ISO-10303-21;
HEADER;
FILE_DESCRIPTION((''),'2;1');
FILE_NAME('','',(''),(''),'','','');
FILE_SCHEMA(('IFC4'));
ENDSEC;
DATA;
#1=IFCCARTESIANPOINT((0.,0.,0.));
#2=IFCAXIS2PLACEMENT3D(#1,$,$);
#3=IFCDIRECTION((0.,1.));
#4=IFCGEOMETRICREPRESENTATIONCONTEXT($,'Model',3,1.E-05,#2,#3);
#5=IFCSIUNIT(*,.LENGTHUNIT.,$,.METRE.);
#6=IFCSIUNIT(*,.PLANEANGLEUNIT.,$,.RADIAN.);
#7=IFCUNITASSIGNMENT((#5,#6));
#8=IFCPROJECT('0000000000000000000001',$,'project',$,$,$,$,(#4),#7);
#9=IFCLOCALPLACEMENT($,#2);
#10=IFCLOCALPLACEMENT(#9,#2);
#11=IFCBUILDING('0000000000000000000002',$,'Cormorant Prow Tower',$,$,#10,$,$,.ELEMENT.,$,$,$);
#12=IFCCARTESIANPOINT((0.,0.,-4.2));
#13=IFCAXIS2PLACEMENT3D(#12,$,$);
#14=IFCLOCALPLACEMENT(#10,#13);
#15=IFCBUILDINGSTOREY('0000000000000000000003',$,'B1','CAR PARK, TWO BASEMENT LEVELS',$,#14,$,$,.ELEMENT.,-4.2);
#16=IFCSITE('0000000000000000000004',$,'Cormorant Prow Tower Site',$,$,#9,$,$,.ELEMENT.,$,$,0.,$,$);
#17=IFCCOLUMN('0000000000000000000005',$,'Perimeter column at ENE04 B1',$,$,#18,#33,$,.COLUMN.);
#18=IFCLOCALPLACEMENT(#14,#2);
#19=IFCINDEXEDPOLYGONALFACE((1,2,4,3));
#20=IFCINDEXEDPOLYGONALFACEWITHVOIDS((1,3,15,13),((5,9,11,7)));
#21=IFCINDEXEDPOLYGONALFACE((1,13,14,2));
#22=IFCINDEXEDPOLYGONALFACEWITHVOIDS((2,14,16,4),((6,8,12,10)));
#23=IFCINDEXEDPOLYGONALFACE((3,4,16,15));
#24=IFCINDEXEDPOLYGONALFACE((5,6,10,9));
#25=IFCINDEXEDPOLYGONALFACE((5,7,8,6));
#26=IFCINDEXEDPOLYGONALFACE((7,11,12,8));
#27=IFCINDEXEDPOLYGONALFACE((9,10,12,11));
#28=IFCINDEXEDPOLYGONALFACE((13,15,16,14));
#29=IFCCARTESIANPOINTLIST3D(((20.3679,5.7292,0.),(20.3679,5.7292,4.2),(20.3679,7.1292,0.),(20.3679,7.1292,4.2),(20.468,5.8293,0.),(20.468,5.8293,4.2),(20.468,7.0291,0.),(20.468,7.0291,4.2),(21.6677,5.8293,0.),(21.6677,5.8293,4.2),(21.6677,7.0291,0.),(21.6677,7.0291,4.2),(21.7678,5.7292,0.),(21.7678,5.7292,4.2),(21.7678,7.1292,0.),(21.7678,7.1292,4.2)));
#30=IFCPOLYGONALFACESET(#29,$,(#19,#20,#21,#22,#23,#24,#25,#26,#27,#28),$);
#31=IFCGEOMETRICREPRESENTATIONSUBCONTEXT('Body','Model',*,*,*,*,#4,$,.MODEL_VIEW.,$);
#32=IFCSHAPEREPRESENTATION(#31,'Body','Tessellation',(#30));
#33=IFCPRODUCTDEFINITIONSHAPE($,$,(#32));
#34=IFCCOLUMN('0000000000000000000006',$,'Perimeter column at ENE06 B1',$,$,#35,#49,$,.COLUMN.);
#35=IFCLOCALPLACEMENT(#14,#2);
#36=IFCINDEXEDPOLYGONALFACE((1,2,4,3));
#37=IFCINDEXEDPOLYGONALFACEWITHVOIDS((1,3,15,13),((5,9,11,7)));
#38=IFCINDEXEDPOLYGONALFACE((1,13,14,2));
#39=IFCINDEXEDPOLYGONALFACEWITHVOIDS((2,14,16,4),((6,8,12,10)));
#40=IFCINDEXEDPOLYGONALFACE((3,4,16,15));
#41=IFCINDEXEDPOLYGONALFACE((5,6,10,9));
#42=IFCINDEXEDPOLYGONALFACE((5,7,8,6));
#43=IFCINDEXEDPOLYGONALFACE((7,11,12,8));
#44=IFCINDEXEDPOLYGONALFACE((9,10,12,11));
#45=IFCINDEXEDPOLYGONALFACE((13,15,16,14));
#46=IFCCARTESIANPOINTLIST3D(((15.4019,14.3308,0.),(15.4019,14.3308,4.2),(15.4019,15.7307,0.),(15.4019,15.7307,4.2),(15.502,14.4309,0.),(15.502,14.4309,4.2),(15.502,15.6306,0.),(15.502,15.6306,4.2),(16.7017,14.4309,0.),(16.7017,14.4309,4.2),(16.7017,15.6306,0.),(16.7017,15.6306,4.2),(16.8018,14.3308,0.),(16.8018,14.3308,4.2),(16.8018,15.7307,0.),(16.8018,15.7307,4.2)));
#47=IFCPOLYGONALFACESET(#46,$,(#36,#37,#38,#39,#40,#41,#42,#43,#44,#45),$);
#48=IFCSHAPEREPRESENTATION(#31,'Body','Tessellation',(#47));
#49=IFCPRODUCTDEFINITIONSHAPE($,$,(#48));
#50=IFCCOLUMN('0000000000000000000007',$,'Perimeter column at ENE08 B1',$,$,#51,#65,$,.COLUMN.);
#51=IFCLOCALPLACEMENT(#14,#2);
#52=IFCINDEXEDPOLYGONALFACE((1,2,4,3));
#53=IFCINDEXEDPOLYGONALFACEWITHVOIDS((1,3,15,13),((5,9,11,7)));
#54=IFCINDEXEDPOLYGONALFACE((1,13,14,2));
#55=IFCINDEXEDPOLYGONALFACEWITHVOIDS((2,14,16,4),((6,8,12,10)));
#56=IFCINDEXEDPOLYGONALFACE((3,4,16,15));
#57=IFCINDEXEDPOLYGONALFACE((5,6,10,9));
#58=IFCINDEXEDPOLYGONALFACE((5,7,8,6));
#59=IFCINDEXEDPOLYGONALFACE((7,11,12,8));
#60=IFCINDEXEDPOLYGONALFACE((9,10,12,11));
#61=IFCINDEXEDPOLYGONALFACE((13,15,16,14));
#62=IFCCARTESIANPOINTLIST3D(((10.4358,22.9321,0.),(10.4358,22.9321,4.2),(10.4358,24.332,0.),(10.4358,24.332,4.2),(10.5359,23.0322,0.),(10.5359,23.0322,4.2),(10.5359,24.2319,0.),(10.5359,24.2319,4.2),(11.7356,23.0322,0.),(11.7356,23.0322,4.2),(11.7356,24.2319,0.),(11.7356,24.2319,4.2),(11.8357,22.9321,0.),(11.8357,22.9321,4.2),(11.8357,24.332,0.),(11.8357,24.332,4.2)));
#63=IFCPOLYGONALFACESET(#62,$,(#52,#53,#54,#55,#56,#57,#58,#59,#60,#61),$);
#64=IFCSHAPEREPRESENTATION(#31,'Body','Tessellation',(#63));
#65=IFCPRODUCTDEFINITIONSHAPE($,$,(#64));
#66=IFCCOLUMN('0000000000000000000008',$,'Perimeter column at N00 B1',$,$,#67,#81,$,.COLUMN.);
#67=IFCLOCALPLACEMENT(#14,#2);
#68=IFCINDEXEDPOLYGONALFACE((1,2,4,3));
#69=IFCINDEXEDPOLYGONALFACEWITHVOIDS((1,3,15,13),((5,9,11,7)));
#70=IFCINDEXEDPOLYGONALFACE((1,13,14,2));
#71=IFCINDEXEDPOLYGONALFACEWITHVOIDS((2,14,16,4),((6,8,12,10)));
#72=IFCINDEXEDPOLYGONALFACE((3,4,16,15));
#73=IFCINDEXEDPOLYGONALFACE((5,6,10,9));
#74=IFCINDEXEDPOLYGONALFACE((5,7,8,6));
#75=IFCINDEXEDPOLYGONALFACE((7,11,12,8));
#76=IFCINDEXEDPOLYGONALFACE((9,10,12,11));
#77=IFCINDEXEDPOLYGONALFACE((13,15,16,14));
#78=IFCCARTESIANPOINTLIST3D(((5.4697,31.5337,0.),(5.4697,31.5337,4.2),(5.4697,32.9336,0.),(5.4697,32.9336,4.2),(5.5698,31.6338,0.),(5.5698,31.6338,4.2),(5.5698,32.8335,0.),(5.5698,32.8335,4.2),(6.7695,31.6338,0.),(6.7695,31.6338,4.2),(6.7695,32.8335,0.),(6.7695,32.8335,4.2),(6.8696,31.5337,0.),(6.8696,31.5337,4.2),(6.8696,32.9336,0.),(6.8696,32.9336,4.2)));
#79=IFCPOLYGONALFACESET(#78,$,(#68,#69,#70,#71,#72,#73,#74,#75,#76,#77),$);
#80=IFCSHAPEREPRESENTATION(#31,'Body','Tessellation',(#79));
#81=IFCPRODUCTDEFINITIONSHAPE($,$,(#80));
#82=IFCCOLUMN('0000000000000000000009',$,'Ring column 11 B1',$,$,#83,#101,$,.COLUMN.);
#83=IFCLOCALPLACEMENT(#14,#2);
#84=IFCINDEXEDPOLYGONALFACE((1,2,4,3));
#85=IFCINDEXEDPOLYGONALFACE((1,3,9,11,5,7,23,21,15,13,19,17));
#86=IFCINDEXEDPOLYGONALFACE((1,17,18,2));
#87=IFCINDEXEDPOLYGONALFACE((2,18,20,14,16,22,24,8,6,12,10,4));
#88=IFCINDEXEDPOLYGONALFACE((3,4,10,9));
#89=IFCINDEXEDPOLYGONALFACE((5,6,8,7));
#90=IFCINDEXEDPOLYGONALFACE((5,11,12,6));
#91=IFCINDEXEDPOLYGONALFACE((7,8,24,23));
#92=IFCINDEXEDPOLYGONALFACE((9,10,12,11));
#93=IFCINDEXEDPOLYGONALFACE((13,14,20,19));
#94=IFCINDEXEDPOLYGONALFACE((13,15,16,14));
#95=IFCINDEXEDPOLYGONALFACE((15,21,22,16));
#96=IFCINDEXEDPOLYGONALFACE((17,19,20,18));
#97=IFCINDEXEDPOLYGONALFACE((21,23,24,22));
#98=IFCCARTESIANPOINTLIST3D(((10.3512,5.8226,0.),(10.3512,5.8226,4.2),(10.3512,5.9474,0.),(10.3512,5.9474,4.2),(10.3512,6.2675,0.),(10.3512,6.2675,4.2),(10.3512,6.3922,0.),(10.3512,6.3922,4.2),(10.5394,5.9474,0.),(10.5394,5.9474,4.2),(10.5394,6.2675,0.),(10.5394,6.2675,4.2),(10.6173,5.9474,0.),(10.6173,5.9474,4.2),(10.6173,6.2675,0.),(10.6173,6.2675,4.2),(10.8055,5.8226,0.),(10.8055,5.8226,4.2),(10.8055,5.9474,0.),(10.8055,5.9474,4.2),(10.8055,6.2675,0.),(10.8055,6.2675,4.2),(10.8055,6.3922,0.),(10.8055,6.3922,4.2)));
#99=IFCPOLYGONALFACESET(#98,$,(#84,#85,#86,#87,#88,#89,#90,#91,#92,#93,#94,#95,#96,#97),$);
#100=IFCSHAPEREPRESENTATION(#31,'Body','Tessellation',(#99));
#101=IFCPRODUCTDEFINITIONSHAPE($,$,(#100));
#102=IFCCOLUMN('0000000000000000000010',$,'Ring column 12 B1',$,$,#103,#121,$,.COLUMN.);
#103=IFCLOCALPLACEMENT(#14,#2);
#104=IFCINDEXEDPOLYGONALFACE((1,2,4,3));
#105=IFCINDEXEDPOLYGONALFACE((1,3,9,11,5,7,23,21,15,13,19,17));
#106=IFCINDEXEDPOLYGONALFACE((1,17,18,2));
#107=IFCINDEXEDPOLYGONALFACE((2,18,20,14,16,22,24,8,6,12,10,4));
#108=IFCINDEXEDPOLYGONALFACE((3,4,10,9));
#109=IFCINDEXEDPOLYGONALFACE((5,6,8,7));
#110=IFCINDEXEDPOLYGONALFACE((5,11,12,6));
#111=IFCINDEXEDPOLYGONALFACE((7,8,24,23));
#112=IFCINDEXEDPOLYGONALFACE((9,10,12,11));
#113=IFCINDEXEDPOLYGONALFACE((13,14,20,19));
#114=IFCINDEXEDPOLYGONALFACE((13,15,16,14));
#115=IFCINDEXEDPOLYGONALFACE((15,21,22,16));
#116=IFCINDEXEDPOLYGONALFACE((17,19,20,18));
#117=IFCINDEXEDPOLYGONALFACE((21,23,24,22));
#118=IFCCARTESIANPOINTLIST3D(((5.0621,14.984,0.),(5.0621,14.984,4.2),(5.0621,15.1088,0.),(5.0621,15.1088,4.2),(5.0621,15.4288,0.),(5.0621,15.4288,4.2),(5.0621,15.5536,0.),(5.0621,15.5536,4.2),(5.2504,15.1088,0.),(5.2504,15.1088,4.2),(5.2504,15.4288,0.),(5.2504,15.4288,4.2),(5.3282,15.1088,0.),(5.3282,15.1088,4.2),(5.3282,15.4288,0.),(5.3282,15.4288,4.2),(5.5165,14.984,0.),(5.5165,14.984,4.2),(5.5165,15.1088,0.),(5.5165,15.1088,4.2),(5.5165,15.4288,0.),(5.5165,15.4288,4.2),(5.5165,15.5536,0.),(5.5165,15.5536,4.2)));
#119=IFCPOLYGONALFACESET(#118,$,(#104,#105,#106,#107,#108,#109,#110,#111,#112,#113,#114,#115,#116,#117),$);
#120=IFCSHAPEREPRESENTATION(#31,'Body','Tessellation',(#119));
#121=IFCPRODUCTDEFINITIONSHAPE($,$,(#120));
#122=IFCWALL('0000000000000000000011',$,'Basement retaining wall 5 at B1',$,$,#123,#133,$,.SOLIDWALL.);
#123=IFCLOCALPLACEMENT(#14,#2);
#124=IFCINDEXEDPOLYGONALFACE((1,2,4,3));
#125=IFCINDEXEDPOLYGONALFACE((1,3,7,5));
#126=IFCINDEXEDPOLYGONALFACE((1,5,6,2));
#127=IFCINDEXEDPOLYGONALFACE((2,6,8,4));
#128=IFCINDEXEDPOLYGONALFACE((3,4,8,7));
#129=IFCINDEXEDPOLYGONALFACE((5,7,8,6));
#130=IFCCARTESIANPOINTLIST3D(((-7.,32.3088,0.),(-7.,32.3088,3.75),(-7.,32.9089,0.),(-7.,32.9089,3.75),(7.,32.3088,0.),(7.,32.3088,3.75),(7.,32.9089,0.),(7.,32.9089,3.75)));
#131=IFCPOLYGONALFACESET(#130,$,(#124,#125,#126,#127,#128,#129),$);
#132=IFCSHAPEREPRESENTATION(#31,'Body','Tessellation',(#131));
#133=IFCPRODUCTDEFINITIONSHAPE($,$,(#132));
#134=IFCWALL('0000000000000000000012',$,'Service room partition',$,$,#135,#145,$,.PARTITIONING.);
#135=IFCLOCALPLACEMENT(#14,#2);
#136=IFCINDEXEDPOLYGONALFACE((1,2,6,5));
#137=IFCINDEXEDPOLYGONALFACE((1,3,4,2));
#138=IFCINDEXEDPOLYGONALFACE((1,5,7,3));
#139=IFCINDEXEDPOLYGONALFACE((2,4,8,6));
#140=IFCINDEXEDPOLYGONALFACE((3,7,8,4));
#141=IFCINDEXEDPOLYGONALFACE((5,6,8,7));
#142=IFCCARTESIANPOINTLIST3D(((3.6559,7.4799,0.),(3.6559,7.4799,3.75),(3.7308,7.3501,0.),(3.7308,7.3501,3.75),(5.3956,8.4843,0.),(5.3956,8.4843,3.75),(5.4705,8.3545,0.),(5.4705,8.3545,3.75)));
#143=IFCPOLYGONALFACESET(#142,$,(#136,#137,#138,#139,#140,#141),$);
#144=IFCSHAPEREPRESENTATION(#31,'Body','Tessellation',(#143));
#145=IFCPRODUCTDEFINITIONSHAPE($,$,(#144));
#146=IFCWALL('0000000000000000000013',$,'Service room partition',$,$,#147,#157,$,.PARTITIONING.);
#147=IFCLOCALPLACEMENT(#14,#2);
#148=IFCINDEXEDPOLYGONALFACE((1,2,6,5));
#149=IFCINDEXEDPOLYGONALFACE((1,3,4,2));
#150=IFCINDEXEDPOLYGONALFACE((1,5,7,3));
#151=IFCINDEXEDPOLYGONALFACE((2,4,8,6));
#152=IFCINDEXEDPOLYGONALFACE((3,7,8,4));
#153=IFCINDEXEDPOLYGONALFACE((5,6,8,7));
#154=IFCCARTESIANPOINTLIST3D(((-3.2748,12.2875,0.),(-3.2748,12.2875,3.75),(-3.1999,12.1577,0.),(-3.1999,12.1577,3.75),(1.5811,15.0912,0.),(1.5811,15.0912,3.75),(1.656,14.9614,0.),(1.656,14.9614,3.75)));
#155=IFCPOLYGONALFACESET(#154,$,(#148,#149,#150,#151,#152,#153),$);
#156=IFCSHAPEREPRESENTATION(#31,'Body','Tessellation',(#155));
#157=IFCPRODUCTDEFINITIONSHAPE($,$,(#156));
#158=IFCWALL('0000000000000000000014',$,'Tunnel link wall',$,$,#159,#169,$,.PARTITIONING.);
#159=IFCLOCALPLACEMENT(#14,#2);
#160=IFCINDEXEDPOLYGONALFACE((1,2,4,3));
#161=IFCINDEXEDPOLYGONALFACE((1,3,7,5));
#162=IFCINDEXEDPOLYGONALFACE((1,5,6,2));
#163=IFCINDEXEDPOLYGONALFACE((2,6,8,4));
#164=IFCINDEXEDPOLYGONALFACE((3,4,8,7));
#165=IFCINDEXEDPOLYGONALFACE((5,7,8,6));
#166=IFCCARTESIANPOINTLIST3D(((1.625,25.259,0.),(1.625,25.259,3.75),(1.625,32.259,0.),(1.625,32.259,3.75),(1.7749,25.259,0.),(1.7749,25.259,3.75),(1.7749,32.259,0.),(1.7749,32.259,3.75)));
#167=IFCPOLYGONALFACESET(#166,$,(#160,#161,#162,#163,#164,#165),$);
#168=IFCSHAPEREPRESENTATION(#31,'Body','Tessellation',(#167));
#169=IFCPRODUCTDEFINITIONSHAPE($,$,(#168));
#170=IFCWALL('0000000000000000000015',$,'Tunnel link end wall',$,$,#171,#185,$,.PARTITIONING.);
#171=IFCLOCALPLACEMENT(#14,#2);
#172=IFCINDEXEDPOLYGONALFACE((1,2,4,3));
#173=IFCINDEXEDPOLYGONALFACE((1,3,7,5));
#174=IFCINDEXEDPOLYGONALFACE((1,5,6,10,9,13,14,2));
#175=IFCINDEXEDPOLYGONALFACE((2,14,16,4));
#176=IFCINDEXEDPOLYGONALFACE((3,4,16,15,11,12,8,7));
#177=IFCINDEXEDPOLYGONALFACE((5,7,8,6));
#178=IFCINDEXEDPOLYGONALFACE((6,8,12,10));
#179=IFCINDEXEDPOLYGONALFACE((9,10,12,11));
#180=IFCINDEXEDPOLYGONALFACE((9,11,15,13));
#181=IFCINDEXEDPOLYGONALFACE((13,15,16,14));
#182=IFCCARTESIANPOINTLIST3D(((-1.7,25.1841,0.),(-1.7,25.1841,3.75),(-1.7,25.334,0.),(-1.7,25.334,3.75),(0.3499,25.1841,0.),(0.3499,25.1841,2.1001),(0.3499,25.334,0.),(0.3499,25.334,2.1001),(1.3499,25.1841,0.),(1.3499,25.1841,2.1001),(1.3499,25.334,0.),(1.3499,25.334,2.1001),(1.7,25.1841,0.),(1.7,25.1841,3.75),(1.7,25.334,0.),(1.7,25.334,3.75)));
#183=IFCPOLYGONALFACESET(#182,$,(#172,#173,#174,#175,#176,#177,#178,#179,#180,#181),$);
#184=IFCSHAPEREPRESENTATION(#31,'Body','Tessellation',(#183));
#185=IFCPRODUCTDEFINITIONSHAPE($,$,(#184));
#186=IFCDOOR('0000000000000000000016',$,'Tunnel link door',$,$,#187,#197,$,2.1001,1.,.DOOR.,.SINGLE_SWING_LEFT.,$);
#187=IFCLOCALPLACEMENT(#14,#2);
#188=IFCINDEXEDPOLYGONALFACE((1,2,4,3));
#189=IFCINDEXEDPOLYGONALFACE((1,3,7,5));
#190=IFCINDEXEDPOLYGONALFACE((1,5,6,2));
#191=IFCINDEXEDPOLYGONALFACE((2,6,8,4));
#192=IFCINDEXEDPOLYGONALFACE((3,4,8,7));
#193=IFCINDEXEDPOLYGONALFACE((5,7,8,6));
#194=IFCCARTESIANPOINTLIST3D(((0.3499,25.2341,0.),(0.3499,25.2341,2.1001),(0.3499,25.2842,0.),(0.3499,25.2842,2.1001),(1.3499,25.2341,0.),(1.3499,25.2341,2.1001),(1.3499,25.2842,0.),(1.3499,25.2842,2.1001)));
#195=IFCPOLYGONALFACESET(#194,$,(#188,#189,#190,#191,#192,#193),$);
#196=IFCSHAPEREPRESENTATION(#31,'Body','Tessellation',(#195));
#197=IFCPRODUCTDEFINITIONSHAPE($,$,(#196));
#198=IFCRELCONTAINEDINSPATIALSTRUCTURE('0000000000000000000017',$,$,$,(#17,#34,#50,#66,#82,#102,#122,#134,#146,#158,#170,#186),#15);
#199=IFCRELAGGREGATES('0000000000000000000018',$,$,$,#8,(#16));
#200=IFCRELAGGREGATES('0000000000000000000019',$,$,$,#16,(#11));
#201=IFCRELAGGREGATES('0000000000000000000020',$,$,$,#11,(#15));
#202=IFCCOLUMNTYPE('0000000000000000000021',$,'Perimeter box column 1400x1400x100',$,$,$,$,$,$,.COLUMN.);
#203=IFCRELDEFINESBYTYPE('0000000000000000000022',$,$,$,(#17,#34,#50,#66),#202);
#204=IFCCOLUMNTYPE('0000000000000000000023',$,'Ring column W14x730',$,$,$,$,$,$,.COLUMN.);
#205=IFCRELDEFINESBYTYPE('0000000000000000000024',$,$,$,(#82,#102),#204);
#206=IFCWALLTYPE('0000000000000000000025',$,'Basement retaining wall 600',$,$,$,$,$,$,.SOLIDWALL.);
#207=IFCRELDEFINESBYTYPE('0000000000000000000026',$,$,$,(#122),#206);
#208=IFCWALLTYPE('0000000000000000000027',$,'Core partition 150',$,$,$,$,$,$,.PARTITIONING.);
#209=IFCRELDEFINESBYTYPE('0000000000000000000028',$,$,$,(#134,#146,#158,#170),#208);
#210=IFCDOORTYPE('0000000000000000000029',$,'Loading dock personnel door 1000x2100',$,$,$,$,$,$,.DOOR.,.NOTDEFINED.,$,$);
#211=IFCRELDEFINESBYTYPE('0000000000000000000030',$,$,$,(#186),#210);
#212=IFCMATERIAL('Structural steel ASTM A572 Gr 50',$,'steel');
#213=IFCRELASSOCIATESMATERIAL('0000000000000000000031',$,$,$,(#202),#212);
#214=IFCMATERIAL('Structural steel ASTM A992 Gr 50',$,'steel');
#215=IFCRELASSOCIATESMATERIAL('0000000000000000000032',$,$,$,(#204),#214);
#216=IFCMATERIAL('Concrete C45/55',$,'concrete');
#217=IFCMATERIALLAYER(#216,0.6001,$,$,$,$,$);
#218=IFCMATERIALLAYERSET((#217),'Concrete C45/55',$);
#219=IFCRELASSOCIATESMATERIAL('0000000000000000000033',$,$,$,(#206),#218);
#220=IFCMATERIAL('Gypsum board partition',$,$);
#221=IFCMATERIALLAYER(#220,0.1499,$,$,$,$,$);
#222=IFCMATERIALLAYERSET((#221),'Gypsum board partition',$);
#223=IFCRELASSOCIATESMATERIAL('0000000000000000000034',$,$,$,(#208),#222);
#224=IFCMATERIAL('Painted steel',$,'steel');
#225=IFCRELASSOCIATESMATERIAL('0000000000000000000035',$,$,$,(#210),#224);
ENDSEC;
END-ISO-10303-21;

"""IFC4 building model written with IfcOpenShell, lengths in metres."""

from ifc_helpers import new_model, si_unit, direction, frame, frame_2d, origin, origin_2d, place, context, subcontext, project, spatial, rectangle, hollow_rectangle, i_section, extrude, material, layer, layer_set, material_profile, profile_set, type_object, element, fill, save


model = new_model("IFC4")

# Units and contexts
model_context = context("Model", 3, precision=1e-05, world=origin(), true_north=direction((0.0, 1.0)))
body_context = subcontext(model_context, "Body", "Model", "MODEL_VIEW")
ifc_project = project(units=[si_unit("LENGTHUNIT", "METRE"), si_unit("PLANEANGLEUNIT", "RADIAN")], contexts=[model_context])

# Site, building, storey
site_placement = place(None, origin())
site = spatial("IfcSite", under=ifc_project, at=site_placement, Name="Cormorant Prow Tower Site", CompositionType="ELEMENT", RefElevation=0.0)
building_placement = place(site_placement, origin())
building = spatial("IfcBuilding", under=site, at=building_placement, Name="Cormorant Prow Tower", CompositionType="ELEMENT")
storey_placement = place(building_placement, frame((0.0, 0.0, -4.2)))
storey = spatial("IfcBuildingStorey", under=building, at=storey_placement, Name="B1", Description="CAR PARK, TWO BASEMENT LEVELS", CompositionType="ELEMENT", Elevation=-4.2)

# Columns
ifc_material_1 = material(Name="Structural steel ASTM A572 Gr 50", Category="steel")
ifc_material_profile_1 = material_profile(ifc_material_1, hollow_rectangle(XDim=1.3999, YDim=1.3999, WallThickness=0.1001, at=origin_2d()), Name="Box 1400x1400x100")
ifc_profile_set_1 = profile_set([ifc_material_profile_1], Name="Structural steel ASTM A572 Gr 50")
column_type_1 = type_object("IfcColumnType", Name="Perimeter box column 1400x1400x100", PredefinedType="COLUMN", material=ifc_profile_set_1)
for number, where, z_axis, x_axis, name in (
    (1, (21.0679, 6.4292, 0.0), (0.0, 0.0, 1.0), (1.0, 0.0, 0.0), "Perimeter column at ENE04 B1"),
    (2, (16.1018, 15.0308, 0.0), (0.0, 0.0, 1.0), (1.0, 0.0, 0.0), "Perimeter column at ENE06 B1"),
    (3, (11.1357, 23.6321, 0.0), (0.0, 0.0, 1.0), (1.0, 0.0, 0.0), "Perimeter column at ENE08 B1"),
    (4, (6.1697, 32.2336, 0.0), (0.0, 0.0, 1.0), (1.0, 0.0, 0.0), "Perimeter column at N00 B1"),
):
    element("IfcColumn", number, at=place(storey_placement, frame(where, z_axis=z_axis, x_axis=x_axis)), inside=storey, type_object=column_type_1, Name=name, PredefinedType="COLUMN", context=body_context, shape_type="SweptSolid", body=[
        extrude(hollow_rectangle(XDim=1.3999, YDim=1.3999, WallThickness=0.1001, at=origin_2d()), origin(), (0.0, 0.0, 1.0), 4.2),
    ])
ifc_material_2 = material(Name="Structural steel ASTM A992 Gr 50", Category="steel")
ifc_material_profile_2 = material_profile(ifc_material_2, i_section(OverallWidth=0.4543, OverallDepth=0.5696, WebThickness=0.0779, FlangeThickness=0.1248, at=origin_2d()), Name="W14x730")
ifc_profile_set_2 = profile_set([ifc_material_profile_2], Name="Structural steel ASTM A992 Gr 50")
column_type_2 = type_object("IfcColumnType", Name="Ring column W14x730", PredefinedType="COLUMN", material=ifc_profile_set_2)
for number, where, z_axis, x_axis, name in (
    (5, (10.5784, 6.1074, 0.0), (0.0, 0.0, 1.0), (1.0, 0.0, 0.0), "Ring column 11 B1"),
    (6, (5.2893, 15.2688, 0.0), (0.0, 0.0, 1.0), (1.0, 0.0, 0.0), "Ring column 12 B1"),
):
    element("IfcColumn", number, at=place(storey_placement, frame(where, z_axis=z_axis, x_axis=x_axis)), inside=storey, type_object=column_type_2, Name=name, PredefinedType="COLUMN", context=body_context, shape_type="SweptSolid", body=[
        extrude(i_section(OverallWidth=0.4543, OverallDepth=0.5696, WebThickness=0.0779, FlangeThickness=0.1248, at=origin_2d()), origin(), (0.0, 0.0, 1.0), 4.2),
    ])

# Walls
ifc_material_3 = material(Name="Concrete C45/55", Category="concrete")
ifc_layer_1 = layer(ifc_material_3, 0.6001)
ifc_layer_set_1 = layer_set([ifc_layer_1], Name="Concrete C45/55")
wall_type_1 = type_object("IfcWallType", Name="Basement retaining wall 600", PredefinedType="SOLIDWALL", material=ifc_layer_set_1)
wall_1_placement = place(storey_placement, frame((7.0, 32.6089, 0.0), z_axis=(0.0, 0.0, 1.0), x_axis=(-1.0, 0.0, 0.0)))
element("IfcWall", 7, at=wall_1_placement, inside=storey, type_object=wall_type_1, Name="Basement retaining wall 5 at B1", PredefinedType="SOLIDWALL", context=body_context, shape_type="SweptSolid", body=[
    extrude(rectangle(XDim=14.0, YDim=0.6001, at=frame_2d((7.0, 0.0))), origin(), (0.0, 0.0, 1.0), 3.75),
])
ifc_material_4 = material(Name="Gypsum board partition")
ifc_layer_2 = layer(ifc_material_4, 0.1499)
ifc_layer_set_2 = layer_set([ifc_layer_2], Name="Gypsum board partition")
wall_type_2 = type_object("IfcWallType", Name="Core partition 150", PredefinedType="PARTITIONING", material=ifc_layer_set_2)
wall_2_placement = place(storey_placement, frame((3.6934, 7.415, 0.0), z_axis=(0.0, 0.0, 1.0), x_axis=(0.866036, 0.499982, 0.0)))
element("IfcWall", 8, at=wall_2_placement, inside=storey, type_object=wall_type_2, Name="Service room partition", PredefinedType="PARTITIONING", context=body_context, shape_type="SweptSolid", body=[
    extrude(rectangle(XDim=2.0088, YDim=0.1499, at=frame_2d((1.0044, 0.0))), origin(), (0.0, 0.0, 1.0), 3.75),
])
wall_3_placement = place(storey_placement, frame((1.6187, 15.0264, 0.0), z_axis=(0.0, 0.0, 1.0), x_axis=(-0.866016, -0.500016, 0.0)))
element("IfcWall", 9, at=wall_3_placement, inside=storey, type_object=wall_type_2, Name="Service room partition", PredefinedType="PARTITIONING", context=body_context, shape_type="SweptSolid", body=[
    extrude(rectangle(XDim=5.6072, YDim=0.1499, at=frame_2d((2.8037, 0.0))), origin(), (0.0, 0.0, 1.0), 3.75),
])
wall_4_placement = place(storey_placement, frame((1.7, 32.259, 0.0), z_axis=(0.0, 0.0, 1.0), x_axis=(0.0, -1.0, 0.0)))
element("IfcWall", 10, at=wall_4_placement, inside=storey, type_object=wall_type_2, Name="Tunnel link wall", PredefinedType="PARTITIONING", context=body_context, shape_type="SweptSolid", body=[
    extrude(rectangle(XDim=7.0, YDim=0.1499, at=frame_2d((3.5, 0.0))), origin(), (0.0, 0.0, 1.0), 3.75),
])

# Wall, opening, door
wall_5_placement = place(storey_placement, frame((1.7, 25.259, 0.0), z_axis=(0.0, 0.0, 1.0), x_axis=(-1.0, 0.0, 0.0)))
wall_5 = element("IfcWall", 11, at=wall_5_placement, inside=storey, type_object=wall_type_2, Name="Tunnel link end wall", PredefinedType="PARTITIONING", context=body_context, shape_type="SweptSolid", body=[
    extrude(rectangle(XDim=3.3999, YDim=0.1499, at=frame_2d((1.7, 0.0))), origin(), (0.0, 0.0, 1.0), 3.75),
])
opening_1_placement = place(wall_5_placement, frame((0.3501, 0.0, 0.0)))
opening_1 = element("IfcOpeningElement", 12, at=opening_1_placement, cuts=wall_5, PredefinedType="OPENING", context=body_context, shape_type="SweptSolid", body=[
    extrude(rectangle(XDim=1.0, YDim=2.1001, at=frame_2d((0.5, 1.05))), frame((0.0, 0.085, 0.0), z_axis=(0.0, -1.0, 0.0), x_axis=(1.0, 0.0, 0.0)), (0.0, 0.0, 1.0), 0.1699),
])
ifc_material_5 = material(Name="Painted steel", Category="steel")
door_type_1 = type_object("IfcDoorType", Name="Loading dock personnel door 1000x2100", OperationType="NOTDEFINED", PredefinedType="DOOR", material=ifc_material_5)
door_1_placement = place(opening_1_placement, origin())
door_1 = element("IfcDoor", 13, at=door_1_placement, inside=storey, type_object=door_type_1, Name="Tunnel link door", OperationType="SINGLE_SWING_LEFT", OverallHeight=2.1001, OverallWidth=1.0, PredefinedType="DOOR", context=body_context, shape_type="SweptSolid", body=[
    extrude(rectangle(XDim=1.0, YDim=2.1001, at=frame_2d((0.5, 1.05))), frame((0.0, 0.0249, 0.0), z_axis=(0.0, -1.0, 0.0), x_axis=(1.0, 0.0, 0.0)), (0.0, 0.0, 1.0), 0.05),
])
fill(opening_1, door_1)

save(model, "model.ifc")
